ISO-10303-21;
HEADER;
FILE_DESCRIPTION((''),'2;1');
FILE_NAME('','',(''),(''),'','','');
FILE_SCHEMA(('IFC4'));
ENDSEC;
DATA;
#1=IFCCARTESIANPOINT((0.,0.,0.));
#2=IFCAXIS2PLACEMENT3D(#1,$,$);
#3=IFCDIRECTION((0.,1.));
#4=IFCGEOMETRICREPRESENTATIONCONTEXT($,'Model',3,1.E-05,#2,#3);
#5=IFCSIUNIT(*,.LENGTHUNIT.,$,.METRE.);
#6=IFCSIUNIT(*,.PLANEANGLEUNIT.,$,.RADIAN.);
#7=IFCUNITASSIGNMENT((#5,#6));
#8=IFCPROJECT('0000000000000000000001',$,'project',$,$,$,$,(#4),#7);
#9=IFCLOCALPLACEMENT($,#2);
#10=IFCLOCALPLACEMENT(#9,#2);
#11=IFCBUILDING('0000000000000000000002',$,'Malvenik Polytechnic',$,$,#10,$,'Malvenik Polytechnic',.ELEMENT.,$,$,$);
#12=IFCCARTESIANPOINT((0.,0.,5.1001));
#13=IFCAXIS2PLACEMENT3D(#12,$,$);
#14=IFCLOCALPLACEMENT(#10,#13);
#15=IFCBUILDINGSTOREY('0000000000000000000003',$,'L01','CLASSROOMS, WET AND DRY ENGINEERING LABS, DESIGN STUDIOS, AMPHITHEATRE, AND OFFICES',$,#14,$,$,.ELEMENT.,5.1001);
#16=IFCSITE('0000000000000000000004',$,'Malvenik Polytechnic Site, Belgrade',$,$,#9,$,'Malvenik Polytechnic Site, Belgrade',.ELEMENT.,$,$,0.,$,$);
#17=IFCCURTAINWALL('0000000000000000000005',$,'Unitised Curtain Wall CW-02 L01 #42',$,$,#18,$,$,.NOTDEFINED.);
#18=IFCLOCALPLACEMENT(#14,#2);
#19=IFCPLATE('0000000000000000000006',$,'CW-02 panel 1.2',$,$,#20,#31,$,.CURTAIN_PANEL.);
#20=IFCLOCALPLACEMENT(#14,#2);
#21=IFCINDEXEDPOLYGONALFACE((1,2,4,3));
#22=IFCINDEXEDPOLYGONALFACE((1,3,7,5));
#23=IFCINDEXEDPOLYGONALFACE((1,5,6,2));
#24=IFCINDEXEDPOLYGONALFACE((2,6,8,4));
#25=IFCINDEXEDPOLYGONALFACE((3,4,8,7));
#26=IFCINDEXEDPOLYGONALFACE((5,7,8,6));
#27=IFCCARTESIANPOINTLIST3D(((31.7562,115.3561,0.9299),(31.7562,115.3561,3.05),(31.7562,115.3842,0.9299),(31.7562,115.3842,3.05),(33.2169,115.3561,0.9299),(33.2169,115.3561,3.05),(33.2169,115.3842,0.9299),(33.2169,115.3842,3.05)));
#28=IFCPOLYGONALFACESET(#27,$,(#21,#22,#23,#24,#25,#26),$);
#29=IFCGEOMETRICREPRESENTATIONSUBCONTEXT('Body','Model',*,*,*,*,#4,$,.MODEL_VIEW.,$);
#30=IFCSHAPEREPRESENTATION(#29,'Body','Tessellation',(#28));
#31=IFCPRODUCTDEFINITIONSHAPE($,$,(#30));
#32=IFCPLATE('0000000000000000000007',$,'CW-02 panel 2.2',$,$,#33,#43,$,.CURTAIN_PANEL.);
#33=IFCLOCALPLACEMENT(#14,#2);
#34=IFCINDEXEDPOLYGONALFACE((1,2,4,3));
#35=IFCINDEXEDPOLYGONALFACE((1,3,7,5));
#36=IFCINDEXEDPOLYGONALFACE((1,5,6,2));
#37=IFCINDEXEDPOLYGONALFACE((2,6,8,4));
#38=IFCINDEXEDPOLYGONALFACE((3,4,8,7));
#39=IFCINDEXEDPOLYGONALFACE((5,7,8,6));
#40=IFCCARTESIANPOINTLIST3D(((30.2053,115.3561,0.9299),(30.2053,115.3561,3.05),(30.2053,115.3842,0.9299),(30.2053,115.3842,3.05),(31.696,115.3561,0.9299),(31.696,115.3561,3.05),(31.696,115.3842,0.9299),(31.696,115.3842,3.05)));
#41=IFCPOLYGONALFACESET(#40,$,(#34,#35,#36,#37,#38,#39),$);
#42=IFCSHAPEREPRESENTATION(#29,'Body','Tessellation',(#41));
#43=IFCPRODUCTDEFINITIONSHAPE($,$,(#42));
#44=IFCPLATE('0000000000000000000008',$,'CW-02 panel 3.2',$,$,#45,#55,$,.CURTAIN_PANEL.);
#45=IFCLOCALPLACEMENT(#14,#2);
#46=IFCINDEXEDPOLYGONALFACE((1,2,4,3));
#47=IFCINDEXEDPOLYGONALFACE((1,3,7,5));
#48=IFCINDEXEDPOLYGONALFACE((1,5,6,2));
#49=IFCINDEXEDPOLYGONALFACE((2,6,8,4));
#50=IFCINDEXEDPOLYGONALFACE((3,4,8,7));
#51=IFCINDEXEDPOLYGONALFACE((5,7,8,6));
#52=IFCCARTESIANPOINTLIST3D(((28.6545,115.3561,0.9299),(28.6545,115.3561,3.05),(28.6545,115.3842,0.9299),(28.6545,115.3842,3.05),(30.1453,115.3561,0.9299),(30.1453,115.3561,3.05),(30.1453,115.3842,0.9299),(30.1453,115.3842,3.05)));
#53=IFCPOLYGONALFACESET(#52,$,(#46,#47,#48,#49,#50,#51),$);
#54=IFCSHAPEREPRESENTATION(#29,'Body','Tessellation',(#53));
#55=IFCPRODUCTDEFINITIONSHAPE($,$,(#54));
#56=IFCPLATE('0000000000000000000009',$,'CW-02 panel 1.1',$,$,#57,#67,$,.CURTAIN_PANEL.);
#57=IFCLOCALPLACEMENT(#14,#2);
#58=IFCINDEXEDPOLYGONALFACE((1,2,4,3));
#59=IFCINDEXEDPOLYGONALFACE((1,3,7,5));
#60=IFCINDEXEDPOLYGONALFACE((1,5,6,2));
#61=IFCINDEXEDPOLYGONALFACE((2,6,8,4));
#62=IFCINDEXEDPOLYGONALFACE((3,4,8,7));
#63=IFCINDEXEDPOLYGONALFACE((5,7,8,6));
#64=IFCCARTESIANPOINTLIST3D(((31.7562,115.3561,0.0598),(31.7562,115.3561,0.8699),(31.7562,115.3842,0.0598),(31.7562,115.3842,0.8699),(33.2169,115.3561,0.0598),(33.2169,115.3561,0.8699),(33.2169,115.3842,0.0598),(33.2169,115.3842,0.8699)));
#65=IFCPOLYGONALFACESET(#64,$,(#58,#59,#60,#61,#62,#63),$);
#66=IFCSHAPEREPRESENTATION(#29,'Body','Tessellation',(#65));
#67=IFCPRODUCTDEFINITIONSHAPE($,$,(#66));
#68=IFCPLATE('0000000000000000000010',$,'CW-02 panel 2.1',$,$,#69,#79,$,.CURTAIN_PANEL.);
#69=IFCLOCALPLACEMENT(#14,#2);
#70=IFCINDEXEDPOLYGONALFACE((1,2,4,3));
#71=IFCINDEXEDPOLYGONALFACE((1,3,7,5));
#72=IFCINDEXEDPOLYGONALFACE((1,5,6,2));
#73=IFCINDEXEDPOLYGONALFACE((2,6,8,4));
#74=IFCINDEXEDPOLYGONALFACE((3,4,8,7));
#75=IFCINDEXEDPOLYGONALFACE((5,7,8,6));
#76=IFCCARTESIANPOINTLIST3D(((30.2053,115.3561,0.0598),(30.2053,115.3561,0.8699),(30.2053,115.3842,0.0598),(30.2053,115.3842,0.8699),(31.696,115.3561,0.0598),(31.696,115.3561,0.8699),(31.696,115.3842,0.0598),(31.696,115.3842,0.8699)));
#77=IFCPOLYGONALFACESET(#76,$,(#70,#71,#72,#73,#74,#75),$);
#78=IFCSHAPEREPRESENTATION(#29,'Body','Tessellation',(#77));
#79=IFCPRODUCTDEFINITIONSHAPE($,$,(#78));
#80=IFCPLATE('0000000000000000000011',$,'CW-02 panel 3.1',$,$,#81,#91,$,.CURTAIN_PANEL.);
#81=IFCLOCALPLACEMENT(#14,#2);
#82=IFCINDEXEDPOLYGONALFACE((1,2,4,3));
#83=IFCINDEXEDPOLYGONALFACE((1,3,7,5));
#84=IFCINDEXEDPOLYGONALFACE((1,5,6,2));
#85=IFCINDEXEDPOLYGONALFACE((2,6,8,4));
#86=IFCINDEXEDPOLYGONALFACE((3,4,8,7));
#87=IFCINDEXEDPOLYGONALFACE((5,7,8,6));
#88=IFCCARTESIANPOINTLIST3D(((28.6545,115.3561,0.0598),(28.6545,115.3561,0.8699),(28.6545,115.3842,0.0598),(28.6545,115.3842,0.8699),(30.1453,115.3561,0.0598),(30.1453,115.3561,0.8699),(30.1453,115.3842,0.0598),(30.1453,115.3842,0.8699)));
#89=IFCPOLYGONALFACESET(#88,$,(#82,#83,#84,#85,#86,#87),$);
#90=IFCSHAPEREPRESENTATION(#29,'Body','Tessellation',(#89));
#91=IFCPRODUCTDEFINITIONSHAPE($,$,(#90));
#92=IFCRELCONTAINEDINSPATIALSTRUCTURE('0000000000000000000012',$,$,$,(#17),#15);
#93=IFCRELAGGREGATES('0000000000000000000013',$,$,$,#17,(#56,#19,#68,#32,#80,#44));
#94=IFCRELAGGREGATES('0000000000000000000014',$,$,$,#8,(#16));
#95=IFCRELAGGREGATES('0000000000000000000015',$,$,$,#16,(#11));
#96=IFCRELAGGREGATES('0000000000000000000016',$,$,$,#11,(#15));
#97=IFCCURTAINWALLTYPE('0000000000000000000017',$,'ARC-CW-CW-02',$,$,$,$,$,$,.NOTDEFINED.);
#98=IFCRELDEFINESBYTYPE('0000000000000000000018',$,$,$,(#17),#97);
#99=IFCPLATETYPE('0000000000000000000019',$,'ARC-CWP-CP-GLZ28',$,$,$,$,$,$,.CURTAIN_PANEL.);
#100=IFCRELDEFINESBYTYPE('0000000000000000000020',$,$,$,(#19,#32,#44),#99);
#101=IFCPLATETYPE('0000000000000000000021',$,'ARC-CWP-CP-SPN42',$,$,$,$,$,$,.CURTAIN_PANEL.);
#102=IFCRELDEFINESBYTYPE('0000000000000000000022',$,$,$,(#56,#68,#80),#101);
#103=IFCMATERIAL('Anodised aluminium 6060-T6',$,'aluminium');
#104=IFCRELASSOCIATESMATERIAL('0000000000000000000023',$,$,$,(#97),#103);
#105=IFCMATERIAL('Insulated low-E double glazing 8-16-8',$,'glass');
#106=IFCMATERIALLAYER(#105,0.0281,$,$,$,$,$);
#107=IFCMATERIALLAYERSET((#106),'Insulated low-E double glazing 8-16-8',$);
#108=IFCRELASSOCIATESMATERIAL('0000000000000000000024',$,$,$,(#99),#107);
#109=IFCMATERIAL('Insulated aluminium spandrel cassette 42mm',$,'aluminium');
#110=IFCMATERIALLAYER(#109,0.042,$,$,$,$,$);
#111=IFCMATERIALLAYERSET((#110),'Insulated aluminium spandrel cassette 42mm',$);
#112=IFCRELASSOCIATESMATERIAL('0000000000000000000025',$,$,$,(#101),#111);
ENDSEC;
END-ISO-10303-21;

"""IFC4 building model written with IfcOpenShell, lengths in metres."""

from ifc_helpers import new_model, si_unit, direction, frame, origin, origin_2d, place, context, subcontext, project, spatial, rectangle, extrude, material, layer, layer_set, type_object, element, aggregate, save


model = new_model("IFC4")

# Units and contexts
model_context = context("Model", 3, precision=1e-05, world=origin(), true_north=direction((0.0, 1.0)))
body_context = subcontext(model_context, "Body", "Model", "MODEL_VIEW")
ifc_project = project(units=[si_unit("LENGTHUNIT", "METRE"), si_unit("PLANEANGLEUNIT", "RADIAN")], contexts=[model_context])

# Site, building, storey
site_placement = place(None, origin())
site = spatial("IfcSite", under=ifc_project, at=site_placement, Name="Malvenik Polytechnic Site, Belgrade", LongName="Malvenik Polytechnic Site, Belgrade", CompositionType="ELEMENT", RefElevation=0.0)
building_placement = place(site_placement, origin())
building = spatial("IfcBuilding", under=site, at=building_placement, Name="Malvenik Polytechnic", LongName="Malvenik Polytechnic", CompositionType="ELEMENT")
storey_placement = place(building_placement, frame((0.0, 0.0, 5.1001)))
storey = spatial("IfcBuildingStorey", under=building, at=storey_placement, Name="L01", Description="CLASSROOMS, WET AND DRY ENGINEERING LABS, DESIGN STUDIOS, AMPHITHEATRE, AND OFFICES", CompositionType="ELEMENT", Elevation=5.1001)

# Curtain wall, plates
ifc_material_1 = material(Name="Anodised aluminium 6060-T6", Category="aluminium")
curtain_wall_type = type_object("IfcCurtainWallType", Name="ARC-CW-CW-02", PredefinedType="NOTDEFINED", material=ifc_material_1)
curtain_wall_placement = place(storey_placement, origin())
curtain_wall = element("IfcCurtainWall", 1, at=curtain_wall_placement, inside=storey, type_object=curtain_wall_type, Name="Unitised Curtain Wall CW-02 L01 #42", PredefinedType="NOTDEFINED")
ifc_material_2 = material(Name="Insulated low-E double glazing 8-16-8", Category="glass")
ifc_layer_1 = layer(ifc_material_2, 0.0281)
ifc_layer_set_1 = layer_set([ifc_layer_1], Name="Insulated low-E double glazing 8-16-8")
plate_type_1 = type_object("IfcPlateType", Name="ARC-CWP-CP-GLZ28", PredefinedType="CURTAIN_PANEL", material=ifc_layer_set_1)
plate_1_placement = place(storey_placement, frame((32.4866, 115.3701, 0.9299), z_axis=(0.0, 0.0, 1.0), x_axis=(-1.0, 0.0, 0.0)))
plate_1 = element("IfcPlate", 2, at=plate_1_placement, type_object=plate_type_1, Name="CW-02 panel 1.2", PredefinedType="CURTAIN_PANEL", context=body_context, shape_type="SweptSolid", body=[
    extrude(rectangle(XDim=1.4607, YDim=0.0281, at=origin_2d()), origin(), (0.0, 0.0, 1.0), 2.1201),
])
plate_2_placement = place(storey_placement, frame((30.9507, 115.3701, 0.9299), z_axis=(0.0, 0.0, 1.0), x_axis=(-1.0, 0.0, 0.0)))
plate_2 = element("IfcPlate", 3, at=plate_2_placement, type_object=plate_type_1, Name="CW-02 panel 2.2", PredefinedType="CURTAIN_PANEL", context=body_context, shape_type="SweptSolid", body=[
    extrude(rectangle(XDim=1.4907, YDim=0.0281, at=origin_2d()), origin(), (0.0, 0.0, 1.0), 2.1201),
])
plate_3_placement = place(storey_placement, frame((29.3999, 115.3701, 0.9299), z_axis=(0.0, 0.0, 1.0), x_axis=(-1.0, 0.0, 0.0)))
plate_3 = element("IfcPlate", 4, at=plate_3_placement, type_object=plate_type_1, Name="CW-02 panel 3.2", PredefinedType="CURTAIN_PANEL", context=body_context, shape_type="SweptSolid", body=[
    extrude(rectangle(XDim=1.4907, YDim=0.0281, at=origin_2d()), origin(), (0.0, 0.0, 1.0), 2.1201),
])
ifc_material_3 = material(Name="Insulated aluminium spandrel cassette 42mm", Category="aluminium")
ifc_layer_2 = layer(ifc_material_3, 0.042)
ifc_layer_set_2 = layer_set([ifc_layer_2], Name="Insulated aluminium spandrel cassette 42mm")
plate_type_2 = type_object("IfcPlateType", Name="ARC-CWP-CP-SPN42", PredefinedType="CURTAIN_PANEL", material=ifc_layer_set_2)
plate_4_placement = place(storey_placement, frame((32.4866, 115.3701, 0.0598), z_axis=(0.0, 0.0, 1.0), x_axis=(-1.0, 0.0, 0.0)))
plate_4 = element("IfcPlate", 5, at=plate_4_placement, type_object=plate_type_2, Name="CW-02 panel 1.1", PredefinedType="CURTAIN_PANEL", context=body_context, shape_type="SweptSolid", body=[
    extrude(rectangle(XDim=1.4607, YDim=0.0281, at=origin_2d()), origin(), (0.0, 0.0, 1.0), 0.8101),
])
plate_5_placement = place(storey_placement, frame((30.9507, 115.3701, 0.0598), z_axis=(0.0, 0.0, 1.0), x_axis=(-1.0, 0.0, 0.0)))
plate_5 = element("IfcPlate", 6, at=plate_5_placement, type_object=plate_type_2, Name="CW-02 panel 2.1", PredefinedType="CURTAIN_PANEL", context=body_context, shape_type="SweptSolid", body=[
    extrude(rectangle(XDim=1.4907, YDim=0.0281, at=origin_2d()), origin(), (0.0, 0.0, 1.0), 0.8101),
])
plate_6_placement = place(storey_placement, frame((29.3999, 115.3701, 0.0598), z_axis=(0.0, 0.0, 1.0), x_axis=(-1.0, 0.0, 0.0)))
plate_6 = element("IfcPlate", 7, at=plate_6_placement, type_object=plate_type_2, Name="CW-02 panel 3.1", PredefinedType="CURTAIN_PANEL", context=body_context, shape_type="SweptSolid", body=[
    extrude(rectangle(XDim=1.4907, YDim=0.0281, at=origin_2d()), origin(), (0.0, 0.0, 1.0), 0.8101),
])
aggregate(curtain_wall, [plate_4, plate_1, plate_5, plate_2, plate_6, plate_3])

save(model, "model.ifc")
